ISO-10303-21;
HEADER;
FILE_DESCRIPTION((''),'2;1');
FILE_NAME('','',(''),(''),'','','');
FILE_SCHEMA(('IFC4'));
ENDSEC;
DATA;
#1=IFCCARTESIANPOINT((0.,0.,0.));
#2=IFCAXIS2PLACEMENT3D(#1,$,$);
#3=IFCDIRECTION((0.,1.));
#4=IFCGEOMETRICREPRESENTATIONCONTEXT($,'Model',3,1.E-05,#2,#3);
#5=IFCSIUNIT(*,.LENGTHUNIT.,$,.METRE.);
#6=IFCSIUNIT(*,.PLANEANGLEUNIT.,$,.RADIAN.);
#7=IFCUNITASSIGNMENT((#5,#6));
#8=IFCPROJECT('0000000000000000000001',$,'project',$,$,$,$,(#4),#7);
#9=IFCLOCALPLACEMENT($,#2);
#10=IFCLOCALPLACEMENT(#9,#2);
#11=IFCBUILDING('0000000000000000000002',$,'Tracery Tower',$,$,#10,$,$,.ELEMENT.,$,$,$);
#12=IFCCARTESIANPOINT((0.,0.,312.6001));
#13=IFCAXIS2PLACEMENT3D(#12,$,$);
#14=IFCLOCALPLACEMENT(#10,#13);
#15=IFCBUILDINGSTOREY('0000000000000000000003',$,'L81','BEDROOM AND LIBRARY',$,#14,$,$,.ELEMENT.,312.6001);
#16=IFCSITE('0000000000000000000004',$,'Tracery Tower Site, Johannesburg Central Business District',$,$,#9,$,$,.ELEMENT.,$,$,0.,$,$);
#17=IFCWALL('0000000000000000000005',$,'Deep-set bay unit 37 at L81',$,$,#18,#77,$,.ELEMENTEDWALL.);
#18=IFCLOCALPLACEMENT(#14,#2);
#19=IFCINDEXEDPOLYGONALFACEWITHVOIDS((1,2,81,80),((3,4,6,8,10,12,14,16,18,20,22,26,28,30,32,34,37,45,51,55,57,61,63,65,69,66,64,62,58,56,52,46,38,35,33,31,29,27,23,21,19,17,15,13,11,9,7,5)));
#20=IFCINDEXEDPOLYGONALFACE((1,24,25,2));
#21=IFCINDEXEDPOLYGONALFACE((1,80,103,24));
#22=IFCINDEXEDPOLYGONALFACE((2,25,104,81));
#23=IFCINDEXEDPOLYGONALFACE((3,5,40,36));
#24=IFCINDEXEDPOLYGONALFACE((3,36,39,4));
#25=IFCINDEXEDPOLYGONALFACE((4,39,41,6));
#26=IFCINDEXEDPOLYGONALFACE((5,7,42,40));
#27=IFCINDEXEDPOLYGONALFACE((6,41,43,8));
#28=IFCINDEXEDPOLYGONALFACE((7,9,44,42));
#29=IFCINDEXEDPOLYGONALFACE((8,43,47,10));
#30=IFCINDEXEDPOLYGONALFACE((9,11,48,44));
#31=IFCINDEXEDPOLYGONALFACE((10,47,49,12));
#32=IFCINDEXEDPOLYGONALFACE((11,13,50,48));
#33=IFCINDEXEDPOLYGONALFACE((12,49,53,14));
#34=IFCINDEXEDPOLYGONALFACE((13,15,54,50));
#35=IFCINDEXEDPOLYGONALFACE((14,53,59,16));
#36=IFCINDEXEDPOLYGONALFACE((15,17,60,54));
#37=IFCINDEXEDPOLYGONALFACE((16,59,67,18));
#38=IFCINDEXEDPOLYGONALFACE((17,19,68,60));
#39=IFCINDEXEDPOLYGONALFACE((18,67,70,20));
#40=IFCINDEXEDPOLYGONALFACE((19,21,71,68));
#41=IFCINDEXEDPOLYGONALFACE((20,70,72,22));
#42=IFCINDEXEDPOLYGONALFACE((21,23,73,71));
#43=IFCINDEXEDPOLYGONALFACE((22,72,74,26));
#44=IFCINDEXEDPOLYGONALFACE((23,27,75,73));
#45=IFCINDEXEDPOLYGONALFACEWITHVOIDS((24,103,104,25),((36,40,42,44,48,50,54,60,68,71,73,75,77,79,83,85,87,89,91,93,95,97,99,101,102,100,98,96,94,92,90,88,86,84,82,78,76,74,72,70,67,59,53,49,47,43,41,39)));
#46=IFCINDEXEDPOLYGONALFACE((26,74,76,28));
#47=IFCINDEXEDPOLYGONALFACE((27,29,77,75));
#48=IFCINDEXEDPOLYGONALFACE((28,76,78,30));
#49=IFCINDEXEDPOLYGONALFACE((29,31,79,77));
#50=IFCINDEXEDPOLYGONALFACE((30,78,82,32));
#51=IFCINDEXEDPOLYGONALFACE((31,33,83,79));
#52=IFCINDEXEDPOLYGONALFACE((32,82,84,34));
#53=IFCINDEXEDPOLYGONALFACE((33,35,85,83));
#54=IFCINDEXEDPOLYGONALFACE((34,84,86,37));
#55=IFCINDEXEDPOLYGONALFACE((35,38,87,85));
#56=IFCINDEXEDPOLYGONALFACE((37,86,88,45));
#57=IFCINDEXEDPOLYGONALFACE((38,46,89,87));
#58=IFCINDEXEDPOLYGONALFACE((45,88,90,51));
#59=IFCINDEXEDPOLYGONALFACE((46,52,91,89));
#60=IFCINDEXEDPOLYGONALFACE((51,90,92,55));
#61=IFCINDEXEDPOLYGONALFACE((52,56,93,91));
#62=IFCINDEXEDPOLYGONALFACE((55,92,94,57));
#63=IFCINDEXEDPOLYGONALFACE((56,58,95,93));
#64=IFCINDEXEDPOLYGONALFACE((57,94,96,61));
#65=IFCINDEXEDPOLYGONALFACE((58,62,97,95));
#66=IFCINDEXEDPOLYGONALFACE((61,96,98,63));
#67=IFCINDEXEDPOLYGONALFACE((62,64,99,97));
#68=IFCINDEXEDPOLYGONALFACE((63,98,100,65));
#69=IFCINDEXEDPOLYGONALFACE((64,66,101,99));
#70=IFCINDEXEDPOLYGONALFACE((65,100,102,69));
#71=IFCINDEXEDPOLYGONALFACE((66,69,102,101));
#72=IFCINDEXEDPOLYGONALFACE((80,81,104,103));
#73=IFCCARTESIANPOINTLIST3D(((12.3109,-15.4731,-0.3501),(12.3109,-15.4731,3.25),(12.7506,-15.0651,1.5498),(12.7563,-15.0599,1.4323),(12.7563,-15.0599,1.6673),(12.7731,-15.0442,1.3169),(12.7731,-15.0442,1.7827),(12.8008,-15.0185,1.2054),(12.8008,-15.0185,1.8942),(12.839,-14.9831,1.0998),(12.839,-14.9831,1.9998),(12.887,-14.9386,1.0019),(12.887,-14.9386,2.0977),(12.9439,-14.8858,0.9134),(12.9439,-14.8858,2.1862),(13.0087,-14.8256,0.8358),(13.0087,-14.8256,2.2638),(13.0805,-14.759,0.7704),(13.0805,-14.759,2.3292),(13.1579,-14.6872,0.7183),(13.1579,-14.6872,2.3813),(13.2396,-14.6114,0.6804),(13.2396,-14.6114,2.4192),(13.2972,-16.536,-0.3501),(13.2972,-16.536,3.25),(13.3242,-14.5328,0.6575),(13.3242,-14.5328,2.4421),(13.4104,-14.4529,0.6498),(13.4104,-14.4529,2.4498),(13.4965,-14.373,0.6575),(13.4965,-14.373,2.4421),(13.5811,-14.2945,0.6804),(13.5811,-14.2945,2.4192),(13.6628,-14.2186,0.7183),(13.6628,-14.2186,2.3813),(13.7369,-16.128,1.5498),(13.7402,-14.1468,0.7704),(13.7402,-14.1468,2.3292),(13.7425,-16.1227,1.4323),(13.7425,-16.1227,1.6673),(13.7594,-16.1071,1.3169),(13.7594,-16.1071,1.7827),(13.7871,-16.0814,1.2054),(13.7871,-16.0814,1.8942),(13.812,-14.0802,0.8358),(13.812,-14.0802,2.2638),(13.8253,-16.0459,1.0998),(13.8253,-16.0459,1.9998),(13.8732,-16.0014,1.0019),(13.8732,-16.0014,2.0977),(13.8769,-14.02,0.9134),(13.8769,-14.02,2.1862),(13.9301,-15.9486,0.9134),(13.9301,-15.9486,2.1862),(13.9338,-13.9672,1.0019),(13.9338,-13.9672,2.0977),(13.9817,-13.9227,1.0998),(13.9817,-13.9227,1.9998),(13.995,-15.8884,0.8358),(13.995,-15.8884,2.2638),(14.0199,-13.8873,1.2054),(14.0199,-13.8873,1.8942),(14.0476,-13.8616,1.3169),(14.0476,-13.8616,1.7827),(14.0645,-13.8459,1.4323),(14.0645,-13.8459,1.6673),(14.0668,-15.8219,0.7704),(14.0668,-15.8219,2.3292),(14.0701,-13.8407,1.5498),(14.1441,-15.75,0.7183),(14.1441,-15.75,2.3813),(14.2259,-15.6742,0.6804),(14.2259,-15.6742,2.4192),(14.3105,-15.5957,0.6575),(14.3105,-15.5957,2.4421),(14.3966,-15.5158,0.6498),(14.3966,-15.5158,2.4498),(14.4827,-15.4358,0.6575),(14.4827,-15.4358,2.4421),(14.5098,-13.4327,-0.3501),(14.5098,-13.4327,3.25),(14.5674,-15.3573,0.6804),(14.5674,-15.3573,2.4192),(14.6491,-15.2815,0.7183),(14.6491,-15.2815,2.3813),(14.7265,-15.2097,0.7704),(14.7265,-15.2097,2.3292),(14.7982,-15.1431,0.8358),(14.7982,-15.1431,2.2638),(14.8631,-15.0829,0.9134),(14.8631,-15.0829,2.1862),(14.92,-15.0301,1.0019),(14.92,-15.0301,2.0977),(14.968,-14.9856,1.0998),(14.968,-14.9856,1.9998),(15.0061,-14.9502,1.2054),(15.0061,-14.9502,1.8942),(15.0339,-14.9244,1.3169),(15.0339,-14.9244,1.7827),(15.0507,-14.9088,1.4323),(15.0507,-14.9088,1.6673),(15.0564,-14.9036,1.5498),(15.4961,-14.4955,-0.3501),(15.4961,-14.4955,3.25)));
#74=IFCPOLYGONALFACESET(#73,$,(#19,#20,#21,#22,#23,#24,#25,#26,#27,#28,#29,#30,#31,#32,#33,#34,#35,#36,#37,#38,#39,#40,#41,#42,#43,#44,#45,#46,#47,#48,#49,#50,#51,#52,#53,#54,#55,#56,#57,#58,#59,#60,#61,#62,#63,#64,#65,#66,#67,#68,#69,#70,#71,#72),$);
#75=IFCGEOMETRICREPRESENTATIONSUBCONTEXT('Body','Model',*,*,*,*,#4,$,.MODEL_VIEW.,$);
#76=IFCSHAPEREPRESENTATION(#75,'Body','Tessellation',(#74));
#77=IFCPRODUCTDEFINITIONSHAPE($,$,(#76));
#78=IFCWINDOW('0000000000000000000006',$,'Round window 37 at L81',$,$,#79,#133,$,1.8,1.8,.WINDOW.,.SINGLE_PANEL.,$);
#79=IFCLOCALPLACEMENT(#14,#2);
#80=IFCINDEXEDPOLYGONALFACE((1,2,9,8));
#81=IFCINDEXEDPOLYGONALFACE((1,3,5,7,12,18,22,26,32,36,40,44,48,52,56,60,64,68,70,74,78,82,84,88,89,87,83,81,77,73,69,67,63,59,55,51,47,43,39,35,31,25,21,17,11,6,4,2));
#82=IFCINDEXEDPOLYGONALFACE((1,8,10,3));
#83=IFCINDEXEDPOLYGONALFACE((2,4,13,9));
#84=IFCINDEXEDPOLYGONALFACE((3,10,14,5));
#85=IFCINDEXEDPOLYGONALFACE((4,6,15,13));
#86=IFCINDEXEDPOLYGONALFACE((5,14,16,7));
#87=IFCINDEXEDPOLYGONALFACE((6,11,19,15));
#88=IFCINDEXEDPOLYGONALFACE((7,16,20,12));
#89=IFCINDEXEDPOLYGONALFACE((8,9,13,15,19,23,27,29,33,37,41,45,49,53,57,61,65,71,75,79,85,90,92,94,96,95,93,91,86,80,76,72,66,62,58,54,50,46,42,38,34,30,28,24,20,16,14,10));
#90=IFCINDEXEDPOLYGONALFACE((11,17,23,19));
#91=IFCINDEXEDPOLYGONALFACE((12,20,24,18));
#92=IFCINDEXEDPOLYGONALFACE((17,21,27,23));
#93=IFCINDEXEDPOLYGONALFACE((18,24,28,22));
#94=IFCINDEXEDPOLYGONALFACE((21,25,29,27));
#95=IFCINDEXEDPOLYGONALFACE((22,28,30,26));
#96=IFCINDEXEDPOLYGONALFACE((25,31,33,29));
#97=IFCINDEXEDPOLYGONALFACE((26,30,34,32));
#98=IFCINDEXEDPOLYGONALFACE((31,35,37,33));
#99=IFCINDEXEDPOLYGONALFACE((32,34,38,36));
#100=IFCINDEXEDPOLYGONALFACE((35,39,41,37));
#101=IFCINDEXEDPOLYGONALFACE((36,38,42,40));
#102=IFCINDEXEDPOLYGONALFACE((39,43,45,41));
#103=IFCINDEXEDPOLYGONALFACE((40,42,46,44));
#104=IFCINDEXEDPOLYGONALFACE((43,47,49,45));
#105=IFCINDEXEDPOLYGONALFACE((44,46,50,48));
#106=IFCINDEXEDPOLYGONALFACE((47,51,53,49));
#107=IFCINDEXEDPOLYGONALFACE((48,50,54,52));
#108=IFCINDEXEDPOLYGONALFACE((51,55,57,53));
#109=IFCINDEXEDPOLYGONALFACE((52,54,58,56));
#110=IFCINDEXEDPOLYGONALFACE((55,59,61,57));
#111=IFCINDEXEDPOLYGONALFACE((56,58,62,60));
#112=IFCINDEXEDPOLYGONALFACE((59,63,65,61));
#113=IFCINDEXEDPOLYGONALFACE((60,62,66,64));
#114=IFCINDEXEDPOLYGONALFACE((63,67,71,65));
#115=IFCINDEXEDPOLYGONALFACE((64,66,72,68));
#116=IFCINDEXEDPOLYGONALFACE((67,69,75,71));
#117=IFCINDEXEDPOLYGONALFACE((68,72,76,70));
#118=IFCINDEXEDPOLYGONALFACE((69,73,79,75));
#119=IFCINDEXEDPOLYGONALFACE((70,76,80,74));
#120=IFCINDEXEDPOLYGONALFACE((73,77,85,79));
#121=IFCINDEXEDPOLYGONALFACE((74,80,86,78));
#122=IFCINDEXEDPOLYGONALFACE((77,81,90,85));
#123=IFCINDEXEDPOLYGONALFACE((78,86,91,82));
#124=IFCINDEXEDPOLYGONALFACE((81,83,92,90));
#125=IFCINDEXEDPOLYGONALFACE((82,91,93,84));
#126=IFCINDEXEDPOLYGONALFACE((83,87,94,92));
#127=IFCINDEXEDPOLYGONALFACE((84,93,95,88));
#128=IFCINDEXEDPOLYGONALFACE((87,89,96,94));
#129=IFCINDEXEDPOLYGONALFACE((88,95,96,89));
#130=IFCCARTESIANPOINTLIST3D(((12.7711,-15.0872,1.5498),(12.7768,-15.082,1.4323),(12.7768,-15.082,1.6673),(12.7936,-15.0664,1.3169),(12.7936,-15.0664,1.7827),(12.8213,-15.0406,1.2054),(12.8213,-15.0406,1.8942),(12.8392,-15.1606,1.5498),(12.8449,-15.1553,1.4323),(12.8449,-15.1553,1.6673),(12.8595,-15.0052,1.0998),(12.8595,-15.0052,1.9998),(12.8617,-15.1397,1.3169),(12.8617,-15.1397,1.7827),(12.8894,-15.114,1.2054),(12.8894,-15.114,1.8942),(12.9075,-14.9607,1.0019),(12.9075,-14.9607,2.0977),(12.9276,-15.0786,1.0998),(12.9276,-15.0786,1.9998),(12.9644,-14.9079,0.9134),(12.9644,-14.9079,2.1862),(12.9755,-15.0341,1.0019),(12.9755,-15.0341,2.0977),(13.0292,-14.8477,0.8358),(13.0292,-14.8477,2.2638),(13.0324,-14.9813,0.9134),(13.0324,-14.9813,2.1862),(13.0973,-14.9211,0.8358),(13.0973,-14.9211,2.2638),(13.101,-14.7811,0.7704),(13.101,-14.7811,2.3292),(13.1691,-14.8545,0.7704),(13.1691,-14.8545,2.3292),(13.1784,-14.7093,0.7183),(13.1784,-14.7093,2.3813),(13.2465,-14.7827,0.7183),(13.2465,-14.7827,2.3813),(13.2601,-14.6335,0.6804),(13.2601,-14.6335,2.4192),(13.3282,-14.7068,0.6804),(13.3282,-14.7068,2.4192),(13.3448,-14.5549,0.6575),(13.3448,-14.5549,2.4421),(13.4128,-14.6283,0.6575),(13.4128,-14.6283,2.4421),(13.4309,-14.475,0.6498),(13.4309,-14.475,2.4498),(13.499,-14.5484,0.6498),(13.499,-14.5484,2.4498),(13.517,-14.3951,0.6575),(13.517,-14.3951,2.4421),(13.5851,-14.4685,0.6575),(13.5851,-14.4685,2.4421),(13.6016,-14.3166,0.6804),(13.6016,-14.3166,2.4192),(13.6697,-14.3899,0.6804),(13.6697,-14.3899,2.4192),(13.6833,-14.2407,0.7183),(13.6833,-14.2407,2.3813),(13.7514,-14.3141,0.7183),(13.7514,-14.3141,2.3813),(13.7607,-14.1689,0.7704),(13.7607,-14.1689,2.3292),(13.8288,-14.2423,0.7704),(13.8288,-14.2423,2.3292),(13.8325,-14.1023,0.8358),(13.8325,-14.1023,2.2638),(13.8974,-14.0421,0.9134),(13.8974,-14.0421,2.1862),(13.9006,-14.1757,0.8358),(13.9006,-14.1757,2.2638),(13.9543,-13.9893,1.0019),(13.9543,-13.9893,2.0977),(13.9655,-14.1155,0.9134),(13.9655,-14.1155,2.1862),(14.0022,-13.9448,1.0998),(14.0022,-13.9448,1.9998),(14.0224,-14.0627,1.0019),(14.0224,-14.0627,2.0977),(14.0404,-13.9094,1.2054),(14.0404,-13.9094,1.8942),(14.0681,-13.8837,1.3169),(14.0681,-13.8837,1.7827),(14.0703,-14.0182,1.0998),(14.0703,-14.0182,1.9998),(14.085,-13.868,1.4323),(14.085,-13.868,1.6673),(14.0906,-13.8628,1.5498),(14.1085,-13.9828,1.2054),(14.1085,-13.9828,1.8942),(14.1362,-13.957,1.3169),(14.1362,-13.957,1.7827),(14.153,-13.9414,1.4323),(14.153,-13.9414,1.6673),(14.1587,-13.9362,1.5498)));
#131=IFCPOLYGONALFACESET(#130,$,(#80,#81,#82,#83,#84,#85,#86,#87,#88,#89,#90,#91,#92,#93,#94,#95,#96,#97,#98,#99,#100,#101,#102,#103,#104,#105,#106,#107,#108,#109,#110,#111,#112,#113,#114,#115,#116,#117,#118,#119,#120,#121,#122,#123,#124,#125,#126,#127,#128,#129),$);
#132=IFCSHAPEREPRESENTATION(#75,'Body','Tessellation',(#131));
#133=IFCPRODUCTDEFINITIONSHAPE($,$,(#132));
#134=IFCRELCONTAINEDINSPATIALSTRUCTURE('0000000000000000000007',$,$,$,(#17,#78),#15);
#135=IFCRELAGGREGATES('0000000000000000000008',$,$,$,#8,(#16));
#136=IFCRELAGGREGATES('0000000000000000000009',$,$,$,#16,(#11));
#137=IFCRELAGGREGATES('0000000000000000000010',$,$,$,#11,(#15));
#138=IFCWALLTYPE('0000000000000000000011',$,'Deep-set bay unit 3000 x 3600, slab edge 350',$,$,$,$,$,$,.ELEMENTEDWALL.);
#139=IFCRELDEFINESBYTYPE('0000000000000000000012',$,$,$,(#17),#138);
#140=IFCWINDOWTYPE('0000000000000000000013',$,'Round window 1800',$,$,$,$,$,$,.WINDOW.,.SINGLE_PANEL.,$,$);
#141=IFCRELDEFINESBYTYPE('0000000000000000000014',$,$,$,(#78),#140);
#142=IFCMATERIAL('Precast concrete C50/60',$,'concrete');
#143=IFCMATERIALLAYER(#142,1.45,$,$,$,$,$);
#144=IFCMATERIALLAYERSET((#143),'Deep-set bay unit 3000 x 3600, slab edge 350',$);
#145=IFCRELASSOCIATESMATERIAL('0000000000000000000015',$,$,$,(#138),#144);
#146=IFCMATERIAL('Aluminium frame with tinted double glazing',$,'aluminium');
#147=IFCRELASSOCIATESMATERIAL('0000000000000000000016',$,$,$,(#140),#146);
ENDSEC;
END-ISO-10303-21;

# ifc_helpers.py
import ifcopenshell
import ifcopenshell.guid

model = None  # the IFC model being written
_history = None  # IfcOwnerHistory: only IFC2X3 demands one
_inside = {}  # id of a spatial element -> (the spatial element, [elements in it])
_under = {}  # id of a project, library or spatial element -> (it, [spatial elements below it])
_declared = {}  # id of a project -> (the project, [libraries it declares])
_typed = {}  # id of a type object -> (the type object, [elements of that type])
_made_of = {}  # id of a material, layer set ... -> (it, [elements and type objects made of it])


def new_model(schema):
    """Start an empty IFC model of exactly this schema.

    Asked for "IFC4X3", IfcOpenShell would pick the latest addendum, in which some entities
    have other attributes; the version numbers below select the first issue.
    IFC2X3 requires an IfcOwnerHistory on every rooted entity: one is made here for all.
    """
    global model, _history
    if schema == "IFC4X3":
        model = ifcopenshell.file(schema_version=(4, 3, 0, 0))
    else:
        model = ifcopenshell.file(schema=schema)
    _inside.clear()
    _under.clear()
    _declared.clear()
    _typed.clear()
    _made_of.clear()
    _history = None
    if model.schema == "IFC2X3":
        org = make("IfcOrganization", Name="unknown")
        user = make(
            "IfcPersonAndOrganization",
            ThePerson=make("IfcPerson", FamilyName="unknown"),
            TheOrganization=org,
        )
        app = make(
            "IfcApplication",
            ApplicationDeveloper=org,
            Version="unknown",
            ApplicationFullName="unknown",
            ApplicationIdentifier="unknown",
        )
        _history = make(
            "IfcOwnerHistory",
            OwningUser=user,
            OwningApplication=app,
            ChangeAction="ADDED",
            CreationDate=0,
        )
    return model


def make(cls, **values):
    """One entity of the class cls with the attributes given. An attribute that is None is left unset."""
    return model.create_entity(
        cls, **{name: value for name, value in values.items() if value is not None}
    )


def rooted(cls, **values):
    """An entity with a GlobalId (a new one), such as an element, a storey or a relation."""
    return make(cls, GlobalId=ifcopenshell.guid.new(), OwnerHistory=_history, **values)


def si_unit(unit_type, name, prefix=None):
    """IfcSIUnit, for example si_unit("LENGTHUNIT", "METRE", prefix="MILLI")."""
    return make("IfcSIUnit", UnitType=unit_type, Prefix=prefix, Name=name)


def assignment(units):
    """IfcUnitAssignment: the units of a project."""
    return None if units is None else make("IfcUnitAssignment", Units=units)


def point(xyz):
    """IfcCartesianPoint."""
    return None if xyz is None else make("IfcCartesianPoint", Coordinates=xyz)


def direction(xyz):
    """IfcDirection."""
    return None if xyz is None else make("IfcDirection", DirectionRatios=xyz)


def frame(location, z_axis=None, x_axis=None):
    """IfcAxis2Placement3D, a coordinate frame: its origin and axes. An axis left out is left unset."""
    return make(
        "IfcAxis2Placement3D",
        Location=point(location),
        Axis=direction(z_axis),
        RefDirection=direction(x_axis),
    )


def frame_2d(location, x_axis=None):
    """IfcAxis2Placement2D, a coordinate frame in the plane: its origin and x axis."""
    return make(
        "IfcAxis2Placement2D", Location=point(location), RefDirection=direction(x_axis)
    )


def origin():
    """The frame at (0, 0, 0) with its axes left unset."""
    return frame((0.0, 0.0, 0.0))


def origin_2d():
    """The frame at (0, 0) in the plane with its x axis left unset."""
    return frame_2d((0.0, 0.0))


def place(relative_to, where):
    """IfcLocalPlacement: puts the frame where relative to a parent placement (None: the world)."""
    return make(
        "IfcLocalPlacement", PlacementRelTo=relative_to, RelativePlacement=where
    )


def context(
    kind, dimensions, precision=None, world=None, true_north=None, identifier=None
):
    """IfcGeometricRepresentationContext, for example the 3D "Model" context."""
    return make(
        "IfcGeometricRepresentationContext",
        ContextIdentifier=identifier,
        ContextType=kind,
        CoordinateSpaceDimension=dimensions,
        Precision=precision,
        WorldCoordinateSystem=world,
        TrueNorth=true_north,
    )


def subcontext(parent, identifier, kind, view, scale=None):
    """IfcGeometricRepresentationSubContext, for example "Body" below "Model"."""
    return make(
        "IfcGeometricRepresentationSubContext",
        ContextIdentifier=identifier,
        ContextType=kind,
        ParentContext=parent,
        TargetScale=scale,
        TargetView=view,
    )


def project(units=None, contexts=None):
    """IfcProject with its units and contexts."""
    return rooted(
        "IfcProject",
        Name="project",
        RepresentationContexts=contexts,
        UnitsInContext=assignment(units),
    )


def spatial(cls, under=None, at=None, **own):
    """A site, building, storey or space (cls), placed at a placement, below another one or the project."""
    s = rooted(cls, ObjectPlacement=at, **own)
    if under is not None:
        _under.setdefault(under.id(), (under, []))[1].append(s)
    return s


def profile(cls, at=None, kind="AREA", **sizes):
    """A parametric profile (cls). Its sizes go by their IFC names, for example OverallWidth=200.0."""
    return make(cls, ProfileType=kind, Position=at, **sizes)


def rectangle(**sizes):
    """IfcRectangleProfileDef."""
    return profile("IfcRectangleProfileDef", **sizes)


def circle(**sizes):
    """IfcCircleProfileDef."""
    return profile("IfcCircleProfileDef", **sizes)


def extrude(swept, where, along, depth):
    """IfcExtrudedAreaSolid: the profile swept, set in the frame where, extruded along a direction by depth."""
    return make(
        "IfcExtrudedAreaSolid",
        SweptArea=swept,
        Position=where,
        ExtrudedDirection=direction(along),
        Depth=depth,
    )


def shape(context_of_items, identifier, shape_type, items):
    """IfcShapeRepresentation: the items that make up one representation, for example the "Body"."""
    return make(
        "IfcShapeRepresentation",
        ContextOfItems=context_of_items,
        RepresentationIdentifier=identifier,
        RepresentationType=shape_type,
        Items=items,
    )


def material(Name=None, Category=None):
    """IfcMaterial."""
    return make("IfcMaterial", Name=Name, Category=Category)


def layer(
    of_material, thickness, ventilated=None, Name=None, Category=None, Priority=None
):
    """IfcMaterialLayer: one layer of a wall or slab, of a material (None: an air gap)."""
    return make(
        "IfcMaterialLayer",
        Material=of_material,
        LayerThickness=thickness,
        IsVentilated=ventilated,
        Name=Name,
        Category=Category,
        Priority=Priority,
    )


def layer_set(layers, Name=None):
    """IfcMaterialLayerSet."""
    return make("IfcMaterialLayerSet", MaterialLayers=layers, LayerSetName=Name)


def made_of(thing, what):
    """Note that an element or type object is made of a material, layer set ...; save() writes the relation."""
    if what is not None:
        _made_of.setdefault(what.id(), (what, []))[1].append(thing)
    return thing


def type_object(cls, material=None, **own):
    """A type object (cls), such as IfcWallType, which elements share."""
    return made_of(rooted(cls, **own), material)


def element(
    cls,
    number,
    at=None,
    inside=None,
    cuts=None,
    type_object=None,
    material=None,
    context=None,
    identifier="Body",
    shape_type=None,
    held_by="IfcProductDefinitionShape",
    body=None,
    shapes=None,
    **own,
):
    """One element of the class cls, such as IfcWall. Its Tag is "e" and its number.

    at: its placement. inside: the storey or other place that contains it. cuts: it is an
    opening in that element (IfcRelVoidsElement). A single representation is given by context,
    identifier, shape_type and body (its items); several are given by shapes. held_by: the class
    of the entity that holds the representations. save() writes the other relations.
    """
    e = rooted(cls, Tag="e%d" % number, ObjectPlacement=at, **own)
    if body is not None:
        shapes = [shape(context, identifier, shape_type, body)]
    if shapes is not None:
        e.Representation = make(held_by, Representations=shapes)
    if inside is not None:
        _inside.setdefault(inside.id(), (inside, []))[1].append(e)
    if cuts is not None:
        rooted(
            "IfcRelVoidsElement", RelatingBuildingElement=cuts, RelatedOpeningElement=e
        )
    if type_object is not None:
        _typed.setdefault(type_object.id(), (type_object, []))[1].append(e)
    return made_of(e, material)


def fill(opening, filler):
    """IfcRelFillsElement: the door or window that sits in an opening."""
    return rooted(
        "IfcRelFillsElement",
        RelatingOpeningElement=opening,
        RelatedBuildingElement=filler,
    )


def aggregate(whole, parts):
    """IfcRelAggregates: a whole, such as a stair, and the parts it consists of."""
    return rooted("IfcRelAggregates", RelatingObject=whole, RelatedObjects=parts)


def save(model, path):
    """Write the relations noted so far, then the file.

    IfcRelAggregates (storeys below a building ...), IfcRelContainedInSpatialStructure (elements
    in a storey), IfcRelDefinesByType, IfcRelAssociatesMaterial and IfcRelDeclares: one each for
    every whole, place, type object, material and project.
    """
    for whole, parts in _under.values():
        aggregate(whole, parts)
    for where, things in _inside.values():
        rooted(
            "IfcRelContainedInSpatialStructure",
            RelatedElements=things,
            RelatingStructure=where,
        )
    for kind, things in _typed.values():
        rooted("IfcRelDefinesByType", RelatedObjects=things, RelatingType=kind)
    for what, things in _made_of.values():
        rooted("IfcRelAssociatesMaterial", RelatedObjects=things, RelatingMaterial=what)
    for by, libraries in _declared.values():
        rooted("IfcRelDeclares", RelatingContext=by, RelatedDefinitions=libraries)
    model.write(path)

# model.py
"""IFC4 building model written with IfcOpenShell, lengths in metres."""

from ifc_helpers import new_model, si_unit, direction, frame, frame_2d, origin, origin_2d, place, context, subcontext, project, spatial, rectangle, circle, extrude, material, layer, layer_set, type_object, element, fill, save


model = new_model("IFC4")

# Units and contexts
model_context = context("Model", 3, precision=1e-05, world=origin(), true_north=direction((0.0, 1.0)))
body_context = subcontext(model_context, "Body", "Model", "MODEL_VIEW")
ifc_project = project(units=[si_unit("LENGTHUNIT", "METRE"), si_unit("PLANEANGLEUNIT", "RADIAN")], contexts=[model_context])

# Site, building, storey
site_placement = place(None, origin())
site = spatial("IfcSite", under=ifc_project, at=site_placement, Name="Tracery Tower Site, Johannesburg Central Business District", CompositionType="ELEMENT", RefElevation=0.0)
building_placement = place(site_placement, origin())
building = spatial("IfcBuilding", under=site, at=building_placement, Name="Tracery Tower", CompositionType="ELEMENT")
storey_placement = place(building_placement, frame((0.0, 0.0, 312.6001)))
storey = spatial("IfcBuildingStorey", under=building, at=storey_placement, Name="L81", Description="BEDROOM AND LIBRARY", CompositionType="ELEMENT", Elevation=312.6001)

# Wall, opening, window
ifc_material_1 = material(Name="Precast concrete C50/60", Category="concrete")
ifc_layer_1 = layer(ifc_material_1, 1.45)
ifc_layer_set_1 = layer_set([ifc_layer_1], Name="Deep-set bay unit 3000 x 3600, slab edge 350")
wall_type_1 = type_object("IfcWallType", Name="Deep-set bay unit 3000 x 3600, slab edge 350", PredefinedType="ELEMENTEDWALL", material=ifc_layer_set_1)
wall_1_placement = place(storey_placement, frame((12.804, -16.0046, -0.3501), z_axis=(0.0, 0.0, 1.0), x_axis=(0.733022, 0.680204, 0.0)))
wall_1 = element("IfcWall", 1, at=wall_1_placement, inside=storey, type_object=wall_type_1, Name="Deep-set bay unit 37 at L81", PredefinedType="ELEMENTEDWALL", context=body_context, shape_type="SweptSolid", body=[
    extrude(rectangle(XDim=2.9998, YDim=1.45, at=frame_2d((1.5, 0.0))), origin(), (0.0, 0.0, 1.0), 3.6001),
])
opening_1_placement = place(wall_1_placement, frame((1.5, 0.0, 1.8999)))
opening_1 = element("IfcOpeningElement", 2, at=opening_1_placement, cuts=wall_1, PredefinedType="OPENING", context=body_context, shape_type="SweptSolid", body=[
    extrude(circle(Radius=0.9, at=origin_2d()), frame((0.0, 0.7349, 0.0), z_axis=(0.0, -1.0, 0.0), x_axis=(1.0, 0.0, 0.0)), (0.0, 0.0, 1.0), 1.47),
])
ifc_material_2 = material(Name="Aluminium frame with tinted double glazing", Category="aluminium")
window_type = type_object("IfcWindowType", Name="Round window 1800", PartitioningType="SINGLE_PANEL", PredefinedType="WINDOW", material=ifc_material_2)
window_1_placement = place(opening_1_placement, origin())
window_1 = element("IfcWindow", 3, at=window_1_placement, inside=storey, type_object=window_type, Name="Round window 37 at L81", OverallHeight=1.8, OverallWidth=1.8, PartitioningType="SINGLE_PANEL", PredefinedType="WINDOW", context=body_context, shape_type="SweptSolid", body=[
    extrude(circle(Radius=0.9, at=origin_2d()), frame((0.0, 0.6948, 0.0), z_axis=(0.0, -1.0, 0.0), x_axis=(1.0, 0.0, 0.0)), (0.0, 0.0, 1.0), 0.1001),
])
fill(opening_1, window_1)

save(model, "model.ifc")
